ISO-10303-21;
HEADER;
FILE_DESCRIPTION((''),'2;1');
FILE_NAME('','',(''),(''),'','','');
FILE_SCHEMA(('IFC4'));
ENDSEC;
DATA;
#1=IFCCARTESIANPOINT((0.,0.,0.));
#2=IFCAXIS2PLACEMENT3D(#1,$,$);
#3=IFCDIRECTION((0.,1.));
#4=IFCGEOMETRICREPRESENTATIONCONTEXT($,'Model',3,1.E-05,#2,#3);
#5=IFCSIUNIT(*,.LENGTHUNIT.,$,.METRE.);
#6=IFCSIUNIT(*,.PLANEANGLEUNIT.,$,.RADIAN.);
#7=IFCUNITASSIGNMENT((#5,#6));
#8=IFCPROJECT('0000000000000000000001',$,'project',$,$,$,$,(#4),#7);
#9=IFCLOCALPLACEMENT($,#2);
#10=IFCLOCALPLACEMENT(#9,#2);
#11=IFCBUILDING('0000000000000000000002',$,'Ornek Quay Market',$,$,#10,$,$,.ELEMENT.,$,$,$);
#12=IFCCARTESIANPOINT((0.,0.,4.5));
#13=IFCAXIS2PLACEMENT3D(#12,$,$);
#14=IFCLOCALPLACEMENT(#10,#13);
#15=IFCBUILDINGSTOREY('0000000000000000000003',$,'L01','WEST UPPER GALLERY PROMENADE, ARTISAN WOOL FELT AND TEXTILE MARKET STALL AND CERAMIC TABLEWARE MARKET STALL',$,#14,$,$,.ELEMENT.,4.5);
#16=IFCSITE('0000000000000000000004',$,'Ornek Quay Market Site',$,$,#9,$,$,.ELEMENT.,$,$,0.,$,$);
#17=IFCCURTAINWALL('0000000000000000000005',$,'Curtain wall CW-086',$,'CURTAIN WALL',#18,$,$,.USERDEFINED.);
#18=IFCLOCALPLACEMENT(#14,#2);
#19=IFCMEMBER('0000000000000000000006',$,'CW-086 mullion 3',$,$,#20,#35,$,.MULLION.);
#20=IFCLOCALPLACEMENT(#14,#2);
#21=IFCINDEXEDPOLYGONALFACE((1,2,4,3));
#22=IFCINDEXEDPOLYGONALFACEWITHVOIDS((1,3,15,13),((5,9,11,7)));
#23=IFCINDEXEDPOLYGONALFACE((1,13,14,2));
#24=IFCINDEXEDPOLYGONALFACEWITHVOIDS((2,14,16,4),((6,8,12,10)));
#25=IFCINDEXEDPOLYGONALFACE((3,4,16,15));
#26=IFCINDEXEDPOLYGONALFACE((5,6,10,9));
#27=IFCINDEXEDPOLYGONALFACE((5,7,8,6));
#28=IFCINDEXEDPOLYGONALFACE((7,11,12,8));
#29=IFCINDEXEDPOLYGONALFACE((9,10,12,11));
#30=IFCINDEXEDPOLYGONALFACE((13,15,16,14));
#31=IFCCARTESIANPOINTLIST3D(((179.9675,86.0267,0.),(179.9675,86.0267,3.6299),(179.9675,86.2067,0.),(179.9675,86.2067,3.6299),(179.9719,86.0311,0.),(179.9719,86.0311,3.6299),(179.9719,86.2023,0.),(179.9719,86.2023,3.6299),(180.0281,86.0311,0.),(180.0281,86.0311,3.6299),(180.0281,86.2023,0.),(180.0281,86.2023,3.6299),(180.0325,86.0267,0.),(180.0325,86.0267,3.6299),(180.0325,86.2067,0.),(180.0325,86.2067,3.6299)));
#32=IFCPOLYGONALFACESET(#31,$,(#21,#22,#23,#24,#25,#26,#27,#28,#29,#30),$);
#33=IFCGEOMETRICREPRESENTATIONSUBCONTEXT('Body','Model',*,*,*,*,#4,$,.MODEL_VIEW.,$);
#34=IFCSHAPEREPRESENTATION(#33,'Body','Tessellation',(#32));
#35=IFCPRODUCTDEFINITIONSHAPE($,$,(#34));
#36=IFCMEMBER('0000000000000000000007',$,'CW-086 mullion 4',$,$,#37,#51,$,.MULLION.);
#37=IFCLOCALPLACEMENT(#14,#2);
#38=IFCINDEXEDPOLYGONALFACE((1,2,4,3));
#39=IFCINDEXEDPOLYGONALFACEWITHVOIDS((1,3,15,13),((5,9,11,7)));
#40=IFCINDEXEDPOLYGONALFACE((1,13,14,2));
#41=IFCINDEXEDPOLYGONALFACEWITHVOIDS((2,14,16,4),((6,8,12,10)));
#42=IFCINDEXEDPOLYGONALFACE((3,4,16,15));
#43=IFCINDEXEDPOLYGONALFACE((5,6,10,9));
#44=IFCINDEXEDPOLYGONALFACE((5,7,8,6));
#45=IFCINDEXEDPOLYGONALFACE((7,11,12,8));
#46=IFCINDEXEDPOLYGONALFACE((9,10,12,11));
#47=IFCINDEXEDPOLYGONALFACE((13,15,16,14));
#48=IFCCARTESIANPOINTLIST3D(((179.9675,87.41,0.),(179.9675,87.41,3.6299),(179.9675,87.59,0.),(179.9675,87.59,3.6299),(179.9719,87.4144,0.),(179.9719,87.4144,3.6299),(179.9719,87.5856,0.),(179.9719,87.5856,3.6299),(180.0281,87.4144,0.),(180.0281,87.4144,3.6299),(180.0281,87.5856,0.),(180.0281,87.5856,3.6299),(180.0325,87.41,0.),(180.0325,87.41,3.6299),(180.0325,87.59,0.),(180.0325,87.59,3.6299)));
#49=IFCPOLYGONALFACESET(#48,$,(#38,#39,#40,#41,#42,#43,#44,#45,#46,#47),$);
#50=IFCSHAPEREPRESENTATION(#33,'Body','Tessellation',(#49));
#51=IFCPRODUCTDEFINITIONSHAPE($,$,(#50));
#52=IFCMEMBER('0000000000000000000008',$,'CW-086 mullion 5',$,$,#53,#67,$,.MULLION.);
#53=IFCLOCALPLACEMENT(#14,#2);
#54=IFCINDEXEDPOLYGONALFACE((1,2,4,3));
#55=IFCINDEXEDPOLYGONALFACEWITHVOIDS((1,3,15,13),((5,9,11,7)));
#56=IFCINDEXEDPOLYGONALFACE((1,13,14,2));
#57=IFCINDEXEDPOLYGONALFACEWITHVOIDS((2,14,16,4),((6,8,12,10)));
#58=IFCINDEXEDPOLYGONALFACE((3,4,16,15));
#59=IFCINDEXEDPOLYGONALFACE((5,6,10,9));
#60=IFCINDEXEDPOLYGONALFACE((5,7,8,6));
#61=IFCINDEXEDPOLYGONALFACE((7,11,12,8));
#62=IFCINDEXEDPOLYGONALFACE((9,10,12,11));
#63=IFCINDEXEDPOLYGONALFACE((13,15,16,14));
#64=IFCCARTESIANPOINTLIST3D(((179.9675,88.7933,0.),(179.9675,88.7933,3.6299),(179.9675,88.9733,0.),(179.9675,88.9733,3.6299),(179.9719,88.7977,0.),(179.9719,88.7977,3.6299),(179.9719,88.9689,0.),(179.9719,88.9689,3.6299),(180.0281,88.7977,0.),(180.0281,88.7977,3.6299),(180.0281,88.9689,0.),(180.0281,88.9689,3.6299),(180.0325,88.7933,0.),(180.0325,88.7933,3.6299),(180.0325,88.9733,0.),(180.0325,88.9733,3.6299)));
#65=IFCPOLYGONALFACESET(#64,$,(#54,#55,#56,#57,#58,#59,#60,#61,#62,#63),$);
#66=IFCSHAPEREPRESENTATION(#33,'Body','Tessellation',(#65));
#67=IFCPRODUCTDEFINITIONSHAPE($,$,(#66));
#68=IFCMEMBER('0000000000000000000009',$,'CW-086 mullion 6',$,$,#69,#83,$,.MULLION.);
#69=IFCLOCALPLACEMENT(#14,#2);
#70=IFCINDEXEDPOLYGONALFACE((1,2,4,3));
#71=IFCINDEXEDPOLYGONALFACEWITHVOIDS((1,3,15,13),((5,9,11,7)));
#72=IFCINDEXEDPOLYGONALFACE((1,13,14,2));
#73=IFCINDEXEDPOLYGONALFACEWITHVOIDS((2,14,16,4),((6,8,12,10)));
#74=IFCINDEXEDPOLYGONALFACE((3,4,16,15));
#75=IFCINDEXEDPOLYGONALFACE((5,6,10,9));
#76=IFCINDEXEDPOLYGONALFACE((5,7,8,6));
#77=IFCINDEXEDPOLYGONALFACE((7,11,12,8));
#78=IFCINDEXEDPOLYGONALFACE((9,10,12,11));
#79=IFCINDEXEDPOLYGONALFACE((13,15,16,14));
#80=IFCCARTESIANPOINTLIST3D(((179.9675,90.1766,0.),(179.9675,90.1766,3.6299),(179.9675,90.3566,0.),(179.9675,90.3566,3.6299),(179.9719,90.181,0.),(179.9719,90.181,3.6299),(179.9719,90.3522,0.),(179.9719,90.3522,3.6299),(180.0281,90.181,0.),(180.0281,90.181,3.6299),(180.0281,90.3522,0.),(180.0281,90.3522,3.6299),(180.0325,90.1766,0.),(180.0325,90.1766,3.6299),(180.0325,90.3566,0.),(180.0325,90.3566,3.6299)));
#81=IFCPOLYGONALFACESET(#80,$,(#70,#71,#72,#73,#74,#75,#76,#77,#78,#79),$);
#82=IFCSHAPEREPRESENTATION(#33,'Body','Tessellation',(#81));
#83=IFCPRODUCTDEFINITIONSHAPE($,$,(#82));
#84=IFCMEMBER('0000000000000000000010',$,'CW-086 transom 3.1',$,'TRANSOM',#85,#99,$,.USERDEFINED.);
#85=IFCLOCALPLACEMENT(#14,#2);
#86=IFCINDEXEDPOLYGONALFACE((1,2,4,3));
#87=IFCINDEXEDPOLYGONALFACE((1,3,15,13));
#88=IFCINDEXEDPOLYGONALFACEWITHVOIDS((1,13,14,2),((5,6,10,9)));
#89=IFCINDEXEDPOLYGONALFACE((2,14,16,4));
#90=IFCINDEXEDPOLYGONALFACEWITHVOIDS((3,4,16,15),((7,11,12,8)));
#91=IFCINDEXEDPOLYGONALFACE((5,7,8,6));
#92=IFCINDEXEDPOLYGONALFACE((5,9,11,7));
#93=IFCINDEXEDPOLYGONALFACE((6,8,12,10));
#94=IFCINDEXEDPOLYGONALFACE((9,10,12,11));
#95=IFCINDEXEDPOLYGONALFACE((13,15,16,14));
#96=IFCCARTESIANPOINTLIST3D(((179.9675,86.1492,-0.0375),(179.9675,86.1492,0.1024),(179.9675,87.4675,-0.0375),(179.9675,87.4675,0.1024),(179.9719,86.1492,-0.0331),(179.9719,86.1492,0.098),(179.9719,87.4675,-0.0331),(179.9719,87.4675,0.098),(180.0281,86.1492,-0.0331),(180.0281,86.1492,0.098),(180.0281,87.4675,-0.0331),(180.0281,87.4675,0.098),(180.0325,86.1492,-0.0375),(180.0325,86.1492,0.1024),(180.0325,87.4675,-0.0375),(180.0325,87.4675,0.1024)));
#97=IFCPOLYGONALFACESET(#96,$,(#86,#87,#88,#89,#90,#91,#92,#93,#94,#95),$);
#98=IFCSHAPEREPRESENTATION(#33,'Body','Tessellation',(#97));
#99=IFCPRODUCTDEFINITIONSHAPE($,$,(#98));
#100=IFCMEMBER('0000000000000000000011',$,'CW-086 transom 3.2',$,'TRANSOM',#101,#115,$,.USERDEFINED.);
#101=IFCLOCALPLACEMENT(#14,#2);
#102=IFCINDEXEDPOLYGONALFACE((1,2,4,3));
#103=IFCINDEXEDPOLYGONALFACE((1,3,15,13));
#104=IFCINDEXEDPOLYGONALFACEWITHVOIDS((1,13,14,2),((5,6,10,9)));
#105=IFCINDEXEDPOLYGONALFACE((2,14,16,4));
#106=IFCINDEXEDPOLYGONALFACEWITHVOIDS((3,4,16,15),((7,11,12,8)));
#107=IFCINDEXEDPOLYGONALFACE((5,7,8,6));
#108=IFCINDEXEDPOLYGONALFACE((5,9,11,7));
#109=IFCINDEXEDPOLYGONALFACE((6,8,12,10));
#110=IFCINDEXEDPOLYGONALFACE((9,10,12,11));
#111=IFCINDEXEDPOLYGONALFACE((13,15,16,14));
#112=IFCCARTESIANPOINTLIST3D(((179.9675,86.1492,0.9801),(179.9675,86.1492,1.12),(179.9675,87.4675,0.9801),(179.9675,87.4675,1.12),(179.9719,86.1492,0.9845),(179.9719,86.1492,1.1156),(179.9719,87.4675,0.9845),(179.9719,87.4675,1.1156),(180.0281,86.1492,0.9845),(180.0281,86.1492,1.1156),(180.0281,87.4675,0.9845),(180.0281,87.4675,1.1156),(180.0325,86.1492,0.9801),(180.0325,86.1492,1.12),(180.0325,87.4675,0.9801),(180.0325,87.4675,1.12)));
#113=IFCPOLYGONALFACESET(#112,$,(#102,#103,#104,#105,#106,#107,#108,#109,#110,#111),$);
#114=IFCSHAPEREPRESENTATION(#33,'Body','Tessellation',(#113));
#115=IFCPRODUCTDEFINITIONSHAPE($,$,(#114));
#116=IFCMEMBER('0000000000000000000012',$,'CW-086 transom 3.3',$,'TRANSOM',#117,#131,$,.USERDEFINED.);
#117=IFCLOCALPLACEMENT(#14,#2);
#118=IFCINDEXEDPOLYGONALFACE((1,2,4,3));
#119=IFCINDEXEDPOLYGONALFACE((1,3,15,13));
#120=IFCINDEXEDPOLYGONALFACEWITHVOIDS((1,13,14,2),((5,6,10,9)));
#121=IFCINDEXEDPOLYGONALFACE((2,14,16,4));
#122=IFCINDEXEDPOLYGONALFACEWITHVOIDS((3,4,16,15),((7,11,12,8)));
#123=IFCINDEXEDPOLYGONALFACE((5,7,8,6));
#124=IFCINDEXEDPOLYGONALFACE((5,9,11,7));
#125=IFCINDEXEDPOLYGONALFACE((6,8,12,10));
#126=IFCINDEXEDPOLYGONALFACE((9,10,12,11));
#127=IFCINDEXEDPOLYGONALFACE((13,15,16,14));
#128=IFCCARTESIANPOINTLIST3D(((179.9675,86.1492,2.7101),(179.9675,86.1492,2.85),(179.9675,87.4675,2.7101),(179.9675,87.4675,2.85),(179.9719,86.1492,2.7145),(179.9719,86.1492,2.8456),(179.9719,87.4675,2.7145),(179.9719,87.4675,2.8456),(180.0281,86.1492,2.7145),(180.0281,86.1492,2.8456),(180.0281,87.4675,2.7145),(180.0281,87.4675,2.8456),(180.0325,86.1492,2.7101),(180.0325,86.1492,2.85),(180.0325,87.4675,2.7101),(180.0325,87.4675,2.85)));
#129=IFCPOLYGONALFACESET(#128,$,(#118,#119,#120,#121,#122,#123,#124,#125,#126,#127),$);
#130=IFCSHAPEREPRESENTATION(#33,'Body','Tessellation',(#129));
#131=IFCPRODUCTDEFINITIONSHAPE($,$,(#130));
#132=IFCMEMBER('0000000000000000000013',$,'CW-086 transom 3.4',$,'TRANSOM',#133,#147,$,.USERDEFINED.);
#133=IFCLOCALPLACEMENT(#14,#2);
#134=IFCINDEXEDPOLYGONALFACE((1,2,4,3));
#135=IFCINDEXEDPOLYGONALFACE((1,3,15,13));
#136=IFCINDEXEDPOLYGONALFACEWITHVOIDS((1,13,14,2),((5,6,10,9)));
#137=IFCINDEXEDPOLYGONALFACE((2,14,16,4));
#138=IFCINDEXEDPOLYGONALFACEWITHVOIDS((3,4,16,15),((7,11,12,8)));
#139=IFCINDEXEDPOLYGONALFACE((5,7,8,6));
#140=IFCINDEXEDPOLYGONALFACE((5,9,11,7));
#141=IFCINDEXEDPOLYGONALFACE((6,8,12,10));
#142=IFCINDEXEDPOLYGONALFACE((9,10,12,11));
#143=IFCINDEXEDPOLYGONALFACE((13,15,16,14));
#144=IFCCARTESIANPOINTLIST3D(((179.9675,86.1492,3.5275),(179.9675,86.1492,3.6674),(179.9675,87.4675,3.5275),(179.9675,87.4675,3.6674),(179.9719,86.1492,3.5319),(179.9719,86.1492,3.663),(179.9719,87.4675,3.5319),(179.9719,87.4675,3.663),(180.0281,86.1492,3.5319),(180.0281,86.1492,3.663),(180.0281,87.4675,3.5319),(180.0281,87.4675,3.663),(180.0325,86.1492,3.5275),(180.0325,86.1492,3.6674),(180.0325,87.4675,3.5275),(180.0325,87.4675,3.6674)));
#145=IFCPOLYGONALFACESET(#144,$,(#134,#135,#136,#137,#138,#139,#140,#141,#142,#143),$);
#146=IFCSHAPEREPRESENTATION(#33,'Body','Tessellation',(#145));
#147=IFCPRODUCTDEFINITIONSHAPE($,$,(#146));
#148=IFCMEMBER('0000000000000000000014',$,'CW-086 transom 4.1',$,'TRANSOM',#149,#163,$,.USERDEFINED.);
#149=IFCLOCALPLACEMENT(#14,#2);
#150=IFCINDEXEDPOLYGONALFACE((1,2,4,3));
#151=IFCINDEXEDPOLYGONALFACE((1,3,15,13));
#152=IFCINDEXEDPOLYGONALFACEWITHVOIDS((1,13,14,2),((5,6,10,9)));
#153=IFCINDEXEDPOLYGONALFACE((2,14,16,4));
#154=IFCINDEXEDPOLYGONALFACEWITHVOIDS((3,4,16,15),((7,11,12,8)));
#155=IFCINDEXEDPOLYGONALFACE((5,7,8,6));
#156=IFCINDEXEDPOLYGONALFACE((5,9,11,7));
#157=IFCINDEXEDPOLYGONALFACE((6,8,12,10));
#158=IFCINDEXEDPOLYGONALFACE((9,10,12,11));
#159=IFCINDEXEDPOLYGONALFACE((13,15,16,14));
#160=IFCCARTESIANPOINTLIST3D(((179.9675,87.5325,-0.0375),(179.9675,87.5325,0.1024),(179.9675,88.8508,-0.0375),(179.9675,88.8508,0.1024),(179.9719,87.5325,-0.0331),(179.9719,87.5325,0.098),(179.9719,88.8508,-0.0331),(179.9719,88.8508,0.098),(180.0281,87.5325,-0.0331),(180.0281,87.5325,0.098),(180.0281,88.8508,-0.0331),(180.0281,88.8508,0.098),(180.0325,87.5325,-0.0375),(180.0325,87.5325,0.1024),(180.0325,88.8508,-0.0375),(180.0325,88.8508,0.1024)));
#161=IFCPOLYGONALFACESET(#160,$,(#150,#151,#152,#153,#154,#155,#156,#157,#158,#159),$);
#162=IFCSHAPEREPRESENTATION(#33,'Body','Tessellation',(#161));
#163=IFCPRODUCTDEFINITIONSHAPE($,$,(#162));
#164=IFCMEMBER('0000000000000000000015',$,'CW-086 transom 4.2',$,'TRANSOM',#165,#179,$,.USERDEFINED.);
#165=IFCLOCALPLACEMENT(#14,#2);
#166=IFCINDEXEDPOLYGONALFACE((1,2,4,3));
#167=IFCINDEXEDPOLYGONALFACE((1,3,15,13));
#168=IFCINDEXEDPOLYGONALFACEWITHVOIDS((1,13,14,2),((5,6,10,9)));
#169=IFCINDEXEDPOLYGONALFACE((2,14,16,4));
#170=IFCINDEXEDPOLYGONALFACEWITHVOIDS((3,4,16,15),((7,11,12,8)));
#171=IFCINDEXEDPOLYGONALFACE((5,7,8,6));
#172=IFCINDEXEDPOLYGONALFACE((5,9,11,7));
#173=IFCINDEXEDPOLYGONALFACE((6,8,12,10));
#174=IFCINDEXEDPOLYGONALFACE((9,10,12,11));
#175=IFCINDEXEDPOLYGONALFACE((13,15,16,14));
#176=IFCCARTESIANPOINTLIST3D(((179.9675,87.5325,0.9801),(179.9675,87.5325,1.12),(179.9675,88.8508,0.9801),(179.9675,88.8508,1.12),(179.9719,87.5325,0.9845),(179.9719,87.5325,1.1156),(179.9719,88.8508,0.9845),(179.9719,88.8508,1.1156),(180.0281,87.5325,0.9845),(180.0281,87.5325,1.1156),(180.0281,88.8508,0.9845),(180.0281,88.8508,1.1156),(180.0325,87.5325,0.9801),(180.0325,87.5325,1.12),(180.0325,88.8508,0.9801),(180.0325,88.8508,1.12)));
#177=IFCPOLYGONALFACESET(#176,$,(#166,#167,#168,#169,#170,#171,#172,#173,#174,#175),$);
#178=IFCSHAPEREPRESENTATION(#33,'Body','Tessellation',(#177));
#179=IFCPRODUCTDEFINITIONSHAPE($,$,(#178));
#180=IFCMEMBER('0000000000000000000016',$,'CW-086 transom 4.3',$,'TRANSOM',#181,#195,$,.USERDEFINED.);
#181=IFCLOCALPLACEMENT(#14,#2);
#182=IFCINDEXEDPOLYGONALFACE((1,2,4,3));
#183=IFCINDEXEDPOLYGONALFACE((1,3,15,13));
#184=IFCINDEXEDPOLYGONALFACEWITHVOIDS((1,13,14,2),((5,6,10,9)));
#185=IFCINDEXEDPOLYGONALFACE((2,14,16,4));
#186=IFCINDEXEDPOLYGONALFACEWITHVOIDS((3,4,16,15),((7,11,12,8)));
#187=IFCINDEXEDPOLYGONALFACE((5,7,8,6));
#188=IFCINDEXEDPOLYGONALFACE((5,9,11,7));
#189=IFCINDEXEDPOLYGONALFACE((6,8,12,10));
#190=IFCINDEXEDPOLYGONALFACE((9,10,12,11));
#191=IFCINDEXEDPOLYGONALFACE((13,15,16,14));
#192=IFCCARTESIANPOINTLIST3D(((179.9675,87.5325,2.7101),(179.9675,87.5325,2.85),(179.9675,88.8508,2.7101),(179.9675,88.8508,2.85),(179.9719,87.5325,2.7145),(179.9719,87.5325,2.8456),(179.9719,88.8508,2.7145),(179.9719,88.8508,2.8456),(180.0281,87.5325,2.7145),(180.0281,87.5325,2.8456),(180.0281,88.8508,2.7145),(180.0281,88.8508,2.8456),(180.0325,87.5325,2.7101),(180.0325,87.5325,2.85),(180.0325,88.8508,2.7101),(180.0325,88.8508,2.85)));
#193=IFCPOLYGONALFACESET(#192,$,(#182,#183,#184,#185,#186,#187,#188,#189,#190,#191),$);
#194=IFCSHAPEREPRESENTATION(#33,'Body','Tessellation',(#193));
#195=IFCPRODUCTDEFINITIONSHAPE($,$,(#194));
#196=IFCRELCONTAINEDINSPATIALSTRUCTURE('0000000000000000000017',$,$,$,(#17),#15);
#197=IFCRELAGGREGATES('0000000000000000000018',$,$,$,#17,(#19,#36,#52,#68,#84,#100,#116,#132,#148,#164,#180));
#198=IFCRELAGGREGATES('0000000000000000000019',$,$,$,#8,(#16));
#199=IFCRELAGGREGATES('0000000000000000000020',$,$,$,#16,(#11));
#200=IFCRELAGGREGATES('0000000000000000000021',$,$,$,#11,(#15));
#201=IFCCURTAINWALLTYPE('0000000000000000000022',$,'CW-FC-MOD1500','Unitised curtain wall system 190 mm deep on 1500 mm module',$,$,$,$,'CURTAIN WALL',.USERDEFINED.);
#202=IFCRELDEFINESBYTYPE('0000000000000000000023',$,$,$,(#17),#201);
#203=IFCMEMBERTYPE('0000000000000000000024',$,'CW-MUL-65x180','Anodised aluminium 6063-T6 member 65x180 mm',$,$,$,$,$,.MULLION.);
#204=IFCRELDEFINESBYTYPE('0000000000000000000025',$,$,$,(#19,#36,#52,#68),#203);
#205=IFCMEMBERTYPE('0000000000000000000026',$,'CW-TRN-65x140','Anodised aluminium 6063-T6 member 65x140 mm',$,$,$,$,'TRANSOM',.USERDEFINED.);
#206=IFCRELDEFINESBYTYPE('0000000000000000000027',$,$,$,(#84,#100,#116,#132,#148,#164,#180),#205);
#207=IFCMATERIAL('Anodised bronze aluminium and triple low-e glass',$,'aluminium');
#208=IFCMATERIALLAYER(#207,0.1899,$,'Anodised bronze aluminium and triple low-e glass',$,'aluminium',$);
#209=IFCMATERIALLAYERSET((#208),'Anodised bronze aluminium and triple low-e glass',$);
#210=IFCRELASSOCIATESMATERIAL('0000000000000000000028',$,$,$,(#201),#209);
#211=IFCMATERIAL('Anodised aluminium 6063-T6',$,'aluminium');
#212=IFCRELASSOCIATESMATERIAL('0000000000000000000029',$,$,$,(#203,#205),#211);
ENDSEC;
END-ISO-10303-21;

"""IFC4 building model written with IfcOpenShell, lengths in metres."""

from ifc_helpers import new_model, si_unit, direction, frame, origin, origin_2d, place, context, subcontext, project, spatial, hollow_rectangle, extrude, material, layer, layer_set, material_profile, profile_set, type_object, element, aggregate, save


model = new_model("IFC4")

# Units and contexts
model_context = context("Model", 3, precision=1e-05, world=origin(), true_north=direction((0.0, 1.0)))
body_context = subcontext(model_context, "Body", "Model", "MODEL_VIEW")
ifc_project = project(units=[si_unit("LENGTHUNIT", "METRE"), si_unit("PLANEANGLEUNIT", "RADIAN")], contexts=[model_context])

# Site, building, storey
site_placement = place(None, origin())
site = spatial("IfcSite", under=ifc_project, at=site_placement, Name="Ornek Quay Market Site", CompositionType="ELEMENT", RefElevation=0.0)
building_placement = place(site_placement, origin())
building = spatial("IfcBuilding", under=site, at=building_placement, Name="Ornek Quay Market", CompositionType="ELEMENT")
storey_placement = place(building_placement, frame((0.0, 0.0, 4.5)))
storey = spatial("IfcBuildingStorey", under=building, at=storey_placement, Name="L01", Description="WEST UPPER GALLERY PROMENADE, ARTISAN WOOL FELT AND TEXTILE MARKET STALL AND CERAMIC TABLEWARE MARKET STALL", CompositionType="ELEMENT", Elevation=4.5)

# Curtain wall, members
ifc_material_1 = material(Name="Anodised bronze aluminium and triple low-e glass", Category="aluminium")
ifc_layer_1 = layer(ifc_material_1, 0.1899, Name="Anodised bronze aluminium and triple low-e glass", Category="aluminium")
ifc_layer_set_1 = layer_set([ifc_layer_1], Name="Anodised bronze aluminium and triple low-e glass")
curtain_wall_type = type_object("IfcCurtainWallType", Name="CW-FC-MOD1500", Description="Unitised curtain wall system 190 mm deep on 1500 mm module", ElementType="CURTAIN WALL", PredefinedType="USERDEFINED", material=ifc_layer_set_1)
curtain_wall_placement = place(storey_placement, origin())
curtain_wall = element("IfcCurtainWall", 1, at=curtain_wall_placement, inside=storey, type_object=curtain_wall_type, Name="Curtain wall CW-086", ObjectType="CURTAIN WALL", PredefinedType="USERDEFINED")
ifc_material_2 = material(Name="Anodised aluminium 6063-T6", Category="aluminium")
ifc_material_profile_1 = material_profile(ifc_material_2, hollow_rectangle(XDim=0.0649, YDim=0.1799, WallThickness=0.0044, at=origin_2d()), Name="CW-MUL-65x180", Category="aluminium")
ifc_profile_set_1 = profile_set([ifc_material_profile_1], Name="Anodised aluminium 6063-T6")
member_type_1 = type_object("IfcMemberType", Name="CW-MUL-65x180", Description="Anodised aluminium 6063-T6 member 65x180 mm", PredefinedType="MULLION", material=ifc_profile_set_1)
member_1_placement = place(storey_placement, frame((180.0, 86.1167, 0.0), z_axis=(0.0, 0.0, 1.0), x_axis=(-1.0, 0.0, 0.0)))
member_1 = element("IfcMember", 2, at=member_1_placement, type_object=member_type_1, Name="CW-086 mullion 3", PredefinedType="MULLION", context=body_context, shape_type="SweptSolid", body=[
    extrude(hollow_rectangle(XDim=0.0649, YDim=0.1799, WallThickness=0.0044, at=origin_2d()), origin(), (0.0, 0.0, 1.0), 3.6299),
])
member_2_placement = place(storey_placement, frame((180.0, 87.5, 0.0), z_axis=(0.0, 0.0, 1.0), x_axis=(-1.0, 0.0, 0.0)))
member_2 = element("IfcMember", 3, at=member_2_placement, type_object=member_type_1, Name="CW-086 mullion 4", PredefinedType="MULLION", context=body_context, shape_type="SweptSolid", body=[
    extrude(hollow_rectangle(XDim=0.0649, YDim=0.1799, WallThickness=0.0044, at=origin_2d()), origin(), (0.0, 0.0, 1.0), 3.6299),
])
member_3_placement = place(storey_placement, frame((180.0, 88.8833, 0.0), z_axis=(0.0, 0.0, 1.0), x_axis=(-1.0, 0.0, 0.0)))
member_3 = element("IfcMember", 4, at=member_3_placement, type_object=member_type_1, Name="CW-086 mullion 5", PredefinedType="MULLION", context=body_context, shape_type="SweptSolid", body=[
    extrude(hollow_rectangle(XDim=0.0649, YDim=0.1799, WallThickness=0.0044, at=origin_2d()), origin(), (0.0, 0.0, 1.0), 3.6299),
])
member_4_placement = place(storey_placement, frame((180.0, 90.2666, 0.0), z_axis=(0.0, 0.0, 1.0), x_axis=(-1.0, 0.0, 0.0)))
member_4 = element("IfcMember", 5, at=member_4_placement, type_object=member_type_1, Name="CW-086 mullion 6", PredefinedType="MULLION", context=body_context, shape_type="SweptSolid", body=[
    extrude(hollow_rectangle(XDim=0.0649, YDim=0.1799, WallThickness=0.0044, at=origin_2d()), origin(), (0.0, 0.0, 1.0), 3.6299),
])
ifc_material_profile_2 = material_profile(ifc_material_2, hollow_rectangle(XDim=0.0649, YDim=0.1399, WallThickness=0.0044, at=origin_2d()), Name="CW-TRN-65x140", Category="aluminium")
ifc_profile_set_2 = profile_set([ifc_material_profile_2], Name="Anodised aluminium 6063-T6")
member_type_2 = type_object("IfcMemberType", Name="CW-TRN-65x140", Description="Anodised aluminium 6063-T6 member 65x140 mm", ElementType="TRANSOM", PredefinedType="USERDEFINED", material=ifc_profile_set_2)
member_5_placement = place(storey_placement, frame((180.0, 86.1492, 0.0325), z_axis=(0.0, 1.0, 0.0), x_axis=(-1.0, 0.0, 0.0)))
member_5 = element("IfcMember", 6, at=member_5_placement, type_object=member_type_2, Name="CW-086 transom 3.1", ObjectType="TRANSOM", PredefinedType="USERDEFINED", context=body_context, shape_type="SweptSolid", body=[
    extrude(hollow_rectangle(XDim=0.0649, YDim=0.1399, WallThickness=0.0044, at=origin_2d()), origin(), (0.0, 0.0, 1.0), 1.3184),
])
member_6_placement = place(storey_placement, frame((180.0, 86.1492, 1.05), z_axis=(0.0, 1.0, 0.0), x_axis=(-1.0, 0.0, 0.0)))
member_6 = element("IfcMember", 7, at=member_6_placement, type_object=member_type_2, Name="CW-086 transom 3.2", ObjectType="TRANSOM", PredefinedType="USERDEFINED", context=body_context, shape_type="SweptSolid", body=[
    extrude(hollow_rectangle(XDim=0.0649, YDim=0.1399, WallThickness=0.0044, at=origin_2d()), origin(), (0.0, 0.0, 1.0), 1.3184),
])
member_7_placement = place(storey_placement, frame((180.0, 86.1492, 2.78), z_axis=(0.0, 1.0, 0.0), x_axis=(-1.0, 0.0, 0.0)))
member_7 = element("IfcMember", 8, at=member_7_placement, type_object=member_type_2, Name="CW-086 transom 3.3", ObjectType="TRANSOM", PredefinedType="USERDEFINED", context=body_context, shape_type="SweptSolid", body=[
    extrude(hollow_rectangle(XDim=0.0649, YDim=0.1399, WallThickness=0.0044, at=origin_2d()), origin(), (0.0, 0.0, 1.0), 1.3184),
])
member_8_placement = place(storey_placement, frame((180.0, 86.1492, 3.5974), z_axis=(0.0, 1.0, 0.0), x_axis=(-1.0, 0.0, 0.0)))
member_8 = element("IfcMember", 9, at=member_8_placement, type_object=member_type_2, Name="CW-086 transom 3.4", ObjectType="TRANSOM", PredefinedType="USERDEFINED", context=body_context, shape_type="SweptSolid", body=[
    extrude(hollow_rectangle(XDim=0.0649, YDim=0.1399, WallThickness=0.0044, at=origin_2d()), origin(), (0.0, 0.0, 1.0), 1.3184),
])
member_9_placement = place(storey_placement, frame((180.0, 87.5325, 0.0325), z_axis=(0.0, 1.0, 0.0), x_axis=(-1.0, 0.0, 0.0)))
member_9 = element("IfcMember", 10, at=member_9_placement, type_object=member_type_2, Name="CW-086 transom 4.1", ObjectType="TRANSOM", PredefinedType="USERDEFINED", context=body_context, shape_type="SweptSolid", body=[
    extrude(hollow_rectangle(XDim=0.0649, YDim=0.1399, WallThickness=0.0044, at=origin_2d()), origin(), (0.0, 0.0, 1.0), 1.3184),
])
member_10_placement = place(storey_placement, frame((180.0, 87.5325, 1.05), z_axis=(0.0, 1.0, 0.0), x_axis=(-1.0, 0.0, 0.0)))
member_10 = element("IfcMember", 11, at=member_10_placement, type_object=member_type_2, Name="CW-086 transom 4.2", ObjectType="TRANSOM", PredefinedType="USERDEFINED", context=body_context, shape_type="SweptSolid", body=[
    extrude(hollow_rectangle(XDim=0.0649, YDim=0.1399, WallThickness=0.0044, at=origin_2d()), origin(), (0.0, 0.0, 1.0), 1.3184),
])
member_11_placement = place(storey_placement, frame((180.0, 87.5325, 2.78), z_axis=(0.0, 1.0, 0.0), x_axis=(-1.0, 0.0, 0.0)))
member_11 = element("IfcMember", 12, at=member_11_placement, type_object=member_type_2, Name="CW-086 transom 4.3", ObjectType="TRANSOM", PredefinedType="USERDEFINED", context=body_context, shape_type="SweptSolid", body=[
    extrude(hollow_rectangle(XDim=0.0649, YDim=0.1399, WallThickness=0.0044, at=origin_2d()), origin(), (0.0, 0.0, 1.0), 1.3184),
])
aggregate(curtain_wall, [member_1, member_2, member_3, member_4, member_5, member_6, member_7, member_8, member_9, member_10, member_11])

save(model, "model.ifc")
